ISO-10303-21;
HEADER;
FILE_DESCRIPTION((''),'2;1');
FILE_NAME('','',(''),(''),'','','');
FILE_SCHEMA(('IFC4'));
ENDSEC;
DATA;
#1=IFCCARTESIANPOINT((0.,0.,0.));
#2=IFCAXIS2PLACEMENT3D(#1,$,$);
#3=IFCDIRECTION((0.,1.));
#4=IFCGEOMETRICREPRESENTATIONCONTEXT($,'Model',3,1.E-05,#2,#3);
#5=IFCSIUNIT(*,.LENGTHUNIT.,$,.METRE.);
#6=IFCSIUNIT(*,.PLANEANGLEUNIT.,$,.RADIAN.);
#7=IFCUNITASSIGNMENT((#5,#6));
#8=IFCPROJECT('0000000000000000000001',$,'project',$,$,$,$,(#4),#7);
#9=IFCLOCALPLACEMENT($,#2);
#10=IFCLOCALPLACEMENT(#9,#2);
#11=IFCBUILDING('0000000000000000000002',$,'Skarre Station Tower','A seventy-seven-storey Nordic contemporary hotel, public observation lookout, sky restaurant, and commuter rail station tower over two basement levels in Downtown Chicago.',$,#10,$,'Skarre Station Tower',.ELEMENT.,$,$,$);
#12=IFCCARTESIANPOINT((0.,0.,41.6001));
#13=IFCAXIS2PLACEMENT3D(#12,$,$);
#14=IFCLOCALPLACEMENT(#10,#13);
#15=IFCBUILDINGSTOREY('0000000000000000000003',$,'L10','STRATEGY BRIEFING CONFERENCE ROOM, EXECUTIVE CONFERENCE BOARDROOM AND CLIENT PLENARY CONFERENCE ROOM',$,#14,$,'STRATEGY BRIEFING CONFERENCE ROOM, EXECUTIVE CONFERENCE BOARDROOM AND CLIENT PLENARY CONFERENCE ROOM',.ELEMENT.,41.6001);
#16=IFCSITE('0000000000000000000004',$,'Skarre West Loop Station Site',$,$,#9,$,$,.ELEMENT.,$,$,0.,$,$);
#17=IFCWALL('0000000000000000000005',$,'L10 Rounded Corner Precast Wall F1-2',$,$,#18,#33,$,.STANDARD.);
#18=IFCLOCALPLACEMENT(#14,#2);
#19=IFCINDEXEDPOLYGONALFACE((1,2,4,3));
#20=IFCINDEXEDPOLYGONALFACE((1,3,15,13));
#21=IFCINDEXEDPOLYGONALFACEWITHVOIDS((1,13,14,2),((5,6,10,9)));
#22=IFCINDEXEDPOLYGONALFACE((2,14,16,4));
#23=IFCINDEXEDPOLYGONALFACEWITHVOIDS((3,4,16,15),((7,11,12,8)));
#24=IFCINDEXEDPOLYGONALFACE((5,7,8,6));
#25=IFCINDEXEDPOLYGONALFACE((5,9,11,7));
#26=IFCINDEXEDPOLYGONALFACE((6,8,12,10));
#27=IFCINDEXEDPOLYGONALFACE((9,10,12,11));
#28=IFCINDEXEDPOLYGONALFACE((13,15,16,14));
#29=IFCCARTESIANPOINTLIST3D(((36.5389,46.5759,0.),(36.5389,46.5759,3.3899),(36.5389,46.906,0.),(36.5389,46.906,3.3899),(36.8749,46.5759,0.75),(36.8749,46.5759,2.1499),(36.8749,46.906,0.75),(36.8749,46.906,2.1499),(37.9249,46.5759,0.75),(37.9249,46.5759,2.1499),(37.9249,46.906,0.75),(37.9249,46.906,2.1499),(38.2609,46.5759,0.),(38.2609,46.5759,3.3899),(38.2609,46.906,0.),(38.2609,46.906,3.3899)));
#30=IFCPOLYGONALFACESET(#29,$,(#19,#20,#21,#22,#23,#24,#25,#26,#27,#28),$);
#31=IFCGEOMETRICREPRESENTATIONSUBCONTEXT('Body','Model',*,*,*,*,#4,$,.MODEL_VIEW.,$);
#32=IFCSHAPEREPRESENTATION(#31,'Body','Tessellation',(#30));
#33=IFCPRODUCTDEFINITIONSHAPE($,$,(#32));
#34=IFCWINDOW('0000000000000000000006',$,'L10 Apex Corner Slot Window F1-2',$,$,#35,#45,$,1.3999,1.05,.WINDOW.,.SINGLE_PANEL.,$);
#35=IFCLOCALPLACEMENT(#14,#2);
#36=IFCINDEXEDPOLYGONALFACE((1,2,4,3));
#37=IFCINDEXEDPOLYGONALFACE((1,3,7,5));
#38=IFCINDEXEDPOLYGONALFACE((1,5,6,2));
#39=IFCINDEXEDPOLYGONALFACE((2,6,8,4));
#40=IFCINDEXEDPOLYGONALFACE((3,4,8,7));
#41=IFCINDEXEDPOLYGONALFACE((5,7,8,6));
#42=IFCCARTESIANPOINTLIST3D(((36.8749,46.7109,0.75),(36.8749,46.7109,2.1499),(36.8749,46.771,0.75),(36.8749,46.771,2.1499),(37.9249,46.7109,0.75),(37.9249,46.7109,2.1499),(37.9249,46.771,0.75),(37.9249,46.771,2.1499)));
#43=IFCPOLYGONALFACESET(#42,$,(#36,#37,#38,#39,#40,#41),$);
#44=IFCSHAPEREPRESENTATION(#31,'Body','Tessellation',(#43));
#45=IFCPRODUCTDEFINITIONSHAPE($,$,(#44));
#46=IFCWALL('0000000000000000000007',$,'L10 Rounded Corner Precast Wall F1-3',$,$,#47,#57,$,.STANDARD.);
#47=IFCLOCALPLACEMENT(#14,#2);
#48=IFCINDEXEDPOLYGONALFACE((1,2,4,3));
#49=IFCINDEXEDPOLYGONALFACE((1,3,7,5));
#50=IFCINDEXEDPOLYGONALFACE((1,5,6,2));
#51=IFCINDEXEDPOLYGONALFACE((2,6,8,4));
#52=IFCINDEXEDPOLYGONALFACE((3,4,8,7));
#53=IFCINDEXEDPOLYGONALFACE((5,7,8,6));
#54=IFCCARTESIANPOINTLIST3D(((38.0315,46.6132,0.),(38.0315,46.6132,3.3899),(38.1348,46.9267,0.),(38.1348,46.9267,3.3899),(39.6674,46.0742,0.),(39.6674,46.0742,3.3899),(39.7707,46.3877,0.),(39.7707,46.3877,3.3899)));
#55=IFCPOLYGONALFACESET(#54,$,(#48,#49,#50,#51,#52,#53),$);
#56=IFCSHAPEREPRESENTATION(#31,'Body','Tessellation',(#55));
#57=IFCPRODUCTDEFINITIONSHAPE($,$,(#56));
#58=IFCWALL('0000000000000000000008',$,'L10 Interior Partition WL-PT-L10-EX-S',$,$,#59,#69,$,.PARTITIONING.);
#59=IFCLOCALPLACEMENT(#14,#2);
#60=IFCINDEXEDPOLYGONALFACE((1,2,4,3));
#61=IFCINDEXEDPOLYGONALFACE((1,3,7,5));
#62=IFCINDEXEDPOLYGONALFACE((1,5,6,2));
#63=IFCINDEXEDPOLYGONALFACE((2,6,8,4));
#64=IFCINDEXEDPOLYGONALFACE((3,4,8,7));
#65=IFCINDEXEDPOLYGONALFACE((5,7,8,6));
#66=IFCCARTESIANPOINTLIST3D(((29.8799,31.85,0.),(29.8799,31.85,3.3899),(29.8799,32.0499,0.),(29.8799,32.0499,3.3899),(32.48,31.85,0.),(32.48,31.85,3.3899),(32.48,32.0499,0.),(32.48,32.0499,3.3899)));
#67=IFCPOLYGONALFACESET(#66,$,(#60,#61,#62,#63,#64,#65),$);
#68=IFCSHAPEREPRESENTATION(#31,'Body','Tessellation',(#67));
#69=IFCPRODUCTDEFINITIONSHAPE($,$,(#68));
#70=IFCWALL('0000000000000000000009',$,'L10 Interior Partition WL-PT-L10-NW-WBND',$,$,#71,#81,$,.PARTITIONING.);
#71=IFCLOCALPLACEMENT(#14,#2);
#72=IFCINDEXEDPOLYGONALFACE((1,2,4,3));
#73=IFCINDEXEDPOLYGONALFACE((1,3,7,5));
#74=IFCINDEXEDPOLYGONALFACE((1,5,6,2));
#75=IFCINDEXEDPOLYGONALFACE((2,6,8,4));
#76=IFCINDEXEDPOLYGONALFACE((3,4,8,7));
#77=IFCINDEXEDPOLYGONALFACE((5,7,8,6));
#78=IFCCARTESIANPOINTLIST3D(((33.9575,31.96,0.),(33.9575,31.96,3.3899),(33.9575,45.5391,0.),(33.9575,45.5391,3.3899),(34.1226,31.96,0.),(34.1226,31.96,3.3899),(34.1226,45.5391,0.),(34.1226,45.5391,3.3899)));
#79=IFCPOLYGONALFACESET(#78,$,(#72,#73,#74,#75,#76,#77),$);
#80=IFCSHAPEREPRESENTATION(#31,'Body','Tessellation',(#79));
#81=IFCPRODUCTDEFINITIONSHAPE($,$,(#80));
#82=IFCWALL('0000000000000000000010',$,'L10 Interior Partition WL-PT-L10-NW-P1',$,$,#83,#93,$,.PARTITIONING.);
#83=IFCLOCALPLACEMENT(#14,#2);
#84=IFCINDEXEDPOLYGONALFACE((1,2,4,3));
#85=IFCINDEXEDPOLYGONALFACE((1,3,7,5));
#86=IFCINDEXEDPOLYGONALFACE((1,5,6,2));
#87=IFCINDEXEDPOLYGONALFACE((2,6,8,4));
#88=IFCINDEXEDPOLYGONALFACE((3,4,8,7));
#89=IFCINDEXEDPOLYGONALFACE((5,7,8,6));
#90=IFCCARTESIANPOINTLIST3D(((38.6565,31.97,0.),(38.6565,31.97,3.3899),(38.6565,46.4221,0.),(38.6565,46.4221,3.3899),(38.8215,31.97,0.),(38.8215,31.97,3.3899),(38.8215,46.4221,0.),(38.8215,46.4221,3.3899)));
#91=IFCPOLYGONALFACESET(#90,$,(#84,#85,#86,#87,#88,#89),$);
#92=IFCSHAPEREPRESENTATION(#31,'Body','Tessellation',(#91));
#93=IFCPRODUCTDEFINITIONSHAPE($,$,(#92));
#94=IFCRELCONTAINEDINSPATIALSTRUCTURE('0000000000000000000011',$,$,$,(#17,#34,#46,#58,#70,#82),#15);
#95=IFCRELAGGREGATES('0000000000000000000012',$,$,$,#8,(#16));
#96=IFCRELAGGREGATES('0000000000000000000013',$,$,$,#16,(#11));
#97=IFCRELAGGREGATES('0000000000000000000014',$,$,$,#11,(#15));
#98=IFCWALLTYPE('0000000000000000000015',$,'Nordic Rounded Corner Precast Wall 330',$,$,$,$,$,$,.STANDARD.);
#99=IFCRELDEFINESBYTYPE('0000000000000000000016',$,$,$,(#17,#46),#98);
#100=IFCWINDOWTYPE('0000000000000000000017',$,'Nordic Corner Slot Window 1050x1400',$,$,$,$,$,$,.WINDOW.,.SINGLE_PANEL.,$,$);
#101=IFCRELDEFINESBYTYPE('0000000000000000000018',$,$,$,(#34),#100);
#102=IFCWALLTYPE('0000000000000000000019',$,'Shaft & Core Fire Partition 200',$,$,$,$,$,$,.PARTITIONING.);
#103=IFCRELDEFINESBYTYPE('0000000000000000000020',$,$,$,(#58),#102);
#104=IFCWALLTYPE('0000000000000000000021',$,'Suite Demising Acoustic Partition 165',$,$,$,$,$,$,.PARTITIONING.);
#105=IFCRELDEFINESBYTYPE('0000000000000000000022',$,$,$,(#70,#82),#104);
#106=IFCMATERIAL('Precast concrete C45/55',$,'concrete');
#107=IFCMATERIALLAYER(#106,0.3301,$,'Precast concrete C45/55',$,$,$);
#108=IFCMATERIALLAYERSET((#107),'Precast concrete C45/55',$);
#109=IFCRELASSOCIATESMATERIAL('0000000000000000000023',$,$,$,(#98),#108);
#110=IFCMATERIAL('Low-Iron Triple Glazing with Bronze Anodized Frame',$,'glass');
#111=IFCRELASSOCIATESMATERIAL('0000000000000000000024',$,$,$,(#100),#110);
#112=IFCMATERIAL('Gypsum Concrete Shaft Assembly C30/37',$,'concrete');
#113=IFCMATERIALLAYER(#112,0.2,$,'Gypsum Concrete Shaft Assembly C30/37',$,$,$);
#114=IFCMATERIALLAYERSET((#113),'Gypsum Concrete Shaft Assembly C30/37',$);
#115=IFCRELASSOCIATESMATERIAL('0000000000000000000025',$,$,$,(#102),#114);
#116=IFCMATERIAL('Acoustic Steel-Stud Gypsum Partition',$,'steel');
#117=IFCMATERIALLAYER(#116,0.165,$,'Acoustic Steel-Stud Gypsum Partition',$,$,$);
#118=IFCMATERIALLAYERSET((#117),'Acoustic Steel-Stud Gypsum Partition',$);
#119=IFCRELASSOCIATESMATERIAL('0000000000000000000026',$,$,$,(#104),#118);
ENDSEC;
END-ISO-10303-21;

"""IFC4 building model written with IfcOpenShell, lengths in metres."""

from ifc_helpers import new_model, si_unit, direction, frame, frame_2d, origin, place, context, subcontext, project, spatial, rectangle, extrude, material, layer, layer_set, type_object, element, fill, save


model = new_model("IFC4")

# Units and contexts
model_context = context("Model", 3, precision=1e-05, world=origin(), true_north=direction((0.0, 1.0)))
body_context = subcontext(model_context, "Body", "Model", "MODEL_VIEW")
ifc_project = project(units=[si_unit("LENGTHUNIT", "METRE"), si_unit("PLANEANGLEUNIT", "RADIAN")], contexts=[model_context])

# Site, building, storey
site_placement = place(None, origin())
site = spatial("IfcSite", under=ifc_project, at=site_placement, Name="Skarre West Loop Station Site", CompositionType="ELEMENT", RefElevation=0.0)
building_placement = place(site_placement, origin())
building = spatial("IfcBuilding", under=site, at=building_placement, Name="Skarre Station Tower", Description="A seventy-seven-storey Nordic contemporary hotel, public observation lookout, sky restaurant, and commuter rail station tower over two basement levels in Downtown Chicago.", LongName="Skarre Station Tower", CompositionType="ELEMENT")
storey_placement = place(building_placement, frame((0.0, 0.0, 41.6001)))
storey = spatial("IfcBuildingStorey", under=building, at=storey_placement, Name="L10", Description="STRATEGY BRIEFING CONFERENCE ROOM, EXECUTIVE CONFERENCE BOARDROOM AND CLIENT PLENARY CONFERENCE ROOM", LongName="STRATEGY BRIEFING CONFERENCE ROOM, EXECUTIVE CONFERENCE BOARDROOM AND CLIENT PLENARY CONFERENCE ROOM", CompositionType="ELEMENT", Elevation=41.6001)

# Shared definitions
ifc_material_1 = material(Name="Acoustic Steel-Stud Gypsum Partition", Category="steel")

# Shared definitions
ifc_material_2 = material(Name="Precast concrete C45/55", Category="concrete")
ifc_material_3 = material(Name="Low-Iron Triple Glazing with Bronze Anodized Frame", Category="glass")

# Shared definitions
ifc_layer_1 = layer(ifc_material_2, 0.3301, Name="Precast concrete C45/55")
ifc_layer_set_1 = layer_set([ifc_layer_1], Name="Precast concrete C45/55")
wall_type_1 = type_object("IfcWallType", Name="Nordic Rounded Corner Precast Wall 330", PredefinedType="STANDARD", material=ifc_layer_set_1)

# Wall, opening, window
wall_1_placement = place(storey_placement, frame((36.5391, 46.741, 0.0), z_axis=(0.0, 0.0, 1.0), x_axis=(1.0, 0.0, 0.0)))
wall_1 = element("IfcWall", 1, at=wall_1_placement, inside=storey, type_object=wall_type_1, Name="L10 Rounded Corner Precast Wall F1-2", PredefinedType="STANDARD", context=body_context, shape_type="SweptSolid", body=[
    extrude(rectangle(XDim=1.7219, YDim=0.3301, at=frame_2d((0.8608, 0.0))), origin(), (0.0, 0.0, 1.0), 3.3899),
])
opening_1_placement = place(wall_1_placement, frame((0.3359, 0.0, 0.75)))
opening_1 = element("IfcOpeningElement", 2, at=opening_1_placement, cuts=wall_1, PredefinedType="OPENING", context=body_context, shape_type="SweptSolid", body=[
    extrude(rectangle(XDim=1.05, YDim=1.3999, at=frame_2d((0.5249, 0.7))), frame((0.0, 0.175, 0.0), z_axis=(0.0, -1.0, 0.0), x_axis=(1.0, 0.0, 0.0)), (0.0, 0.0, 1.0), 0.3501),
])
window_type_1 = type_object("IfcWindowType", Name="Nordic Corner Slot Window 1050x1400", PartitioningType="SINGLE_PANEL", PredefinedType="WINDOW", material=ifc_material_3)
window_1_placement = place(opening_1_placement, origin())
window_1 = element("IfcWindow", 3, at=window_1_placement, inside=storey, type_object=window_type_1, Name="L10 Apex Corner Slot Window F1-2", OverallHeight=1.3999, OverallWidth=1.05, PartitioningType="SINGLE_PANEL", PredefinedType="WINDOW", context=body_context, shape_type="SweptSolid", body=[
    extrude(rectangle(XDim=1.05, YDim=1.3999, at=frame_2d((0.5249, 0.7))), frame((0.0, 0.03, 0.0), z_axis=(0.0, -1.0, 0.0), x_axis=(1.0, 0.0, 0.0)), (0.0, 0.0, 1.0), 0.0601),
])
fill(opening_1, window_1)

# Walls
wall_2_placement = place(storey_placement, frame((38.083, 46.77, 0.0), z_axis=(0.0, 0.0, 1.0), x_axis=(0.949769, -0.312952, 0.0)))
element("IfcWall", 4, at=wall_2_placement, inside=storey, type_object=wall_type_1, Name="L10 Rounded Corner Precast Wall F1-3", PredefinedType="STANDARD", context=body_context, shape_type="SweptSolid", body=[
    extrude(rectangle(XDim=1.7224, YDim=0.3301, at=frame_2d((0.8613, 0.0))), origin(), (0.0, 0.0, 1.0), 3.3899),
])
ifc_material_4 = material(Name="Gypsum Concrete Shaft Assembly C30/37", Category="concrete")
ifc_layer_2 = layer(ifc_material_4, 0.2, Name="Gypsum Concrete Shaft Assembly C30/37")
ifc_layer_set_2 = layer_set([ifc_layer_2], Name="Gypsum Concrete Shaft Assembly C30/37")
wall_type_2 = type_object("IfcWallType", Name="Shaft & Core Fire Partition 200", PredefinedType="PARTITIONING", material=ifc_layer_set_2)
wall_3_placement = place(storey_placement, frame((32.48, 31.95, 0.0), z_axis=(0.0, 0.0, 1.0), x_axis=(-1.0, 0.0, 0.0)))
element("IfcWall", 5, at=wall_3_placement, inside=storey, type_object=wall_type_2, Name="L10 Interior Partition WL-PT-L10-EX-S", PredefinedType="PARTITIONING", context=body_context, shape_type="SweptSolid", body=[
    extrude(rectangle(XDim=2.6001, YDim=0.2, at=frame_2d((1.3, 0.0))), origin(), (0.0, 0.0, 1.0), 3.3899),
])
ifc_layer_3 = layer(ifc_material_1, 0.165, Name="Acoustic Steel-Stud Gypsum Partition")
ifc_layer_set_3 = layer_set([ifc_layer_3], Name="Acoustic Steel-Stud Gypsum Partition")
wall_type_3 = type_object("IfcWallType", Name="Suite Demising Acoustic Partition 165", PredefinedType="PARTITIONING", material=ifc_layer_set_3)
wall_4_placement = place(storey_placement, frame((34.04, 31.96, 0.0), z_axis=(0.0, 0.0, 1.0), x_axis=(0.0, 1.0, 0.0)))
element("IfcWall", 6, at=wall_4_placement, inside=storey, type_object=wall_type_3, Name="L10 Interior Partition WL-PT-L10-NW-WBND", PredefinedType="PARTITIONING", context=body_context, shape_type="SweptSolid", body=[
    extrude(rectangle(XDim=13.5791, YDim=0.165, at=frame_2d((6.7896, 0.0))), origin(), (0.0, 0.0, 1.0), 3.3899),
])
wall_5_placement = place(storey_placement, frame((38.739, 31.97, 0.0), z_axis=(0.0, 0.0, 1.0), x_axis=(0.0, 1.0, 0.0)))
element("IfcWall", 7, at=wall_5_placement, inside=storey, type_object=wall_type_3, Name="L10 Interior Partition WL-PT-L10-NW-P1", PredefinedType="PARTITIONING", context=body_context, shape_type="SweptSolid", body=[
    extrude(rectangle(XDim=14.4521, YDim=0.165, at=frame_2d((7.2261, 0.0))), origin(), (0.0, 0.0, 1.0), 3.3899),
])

save(model, "model.ifc")
